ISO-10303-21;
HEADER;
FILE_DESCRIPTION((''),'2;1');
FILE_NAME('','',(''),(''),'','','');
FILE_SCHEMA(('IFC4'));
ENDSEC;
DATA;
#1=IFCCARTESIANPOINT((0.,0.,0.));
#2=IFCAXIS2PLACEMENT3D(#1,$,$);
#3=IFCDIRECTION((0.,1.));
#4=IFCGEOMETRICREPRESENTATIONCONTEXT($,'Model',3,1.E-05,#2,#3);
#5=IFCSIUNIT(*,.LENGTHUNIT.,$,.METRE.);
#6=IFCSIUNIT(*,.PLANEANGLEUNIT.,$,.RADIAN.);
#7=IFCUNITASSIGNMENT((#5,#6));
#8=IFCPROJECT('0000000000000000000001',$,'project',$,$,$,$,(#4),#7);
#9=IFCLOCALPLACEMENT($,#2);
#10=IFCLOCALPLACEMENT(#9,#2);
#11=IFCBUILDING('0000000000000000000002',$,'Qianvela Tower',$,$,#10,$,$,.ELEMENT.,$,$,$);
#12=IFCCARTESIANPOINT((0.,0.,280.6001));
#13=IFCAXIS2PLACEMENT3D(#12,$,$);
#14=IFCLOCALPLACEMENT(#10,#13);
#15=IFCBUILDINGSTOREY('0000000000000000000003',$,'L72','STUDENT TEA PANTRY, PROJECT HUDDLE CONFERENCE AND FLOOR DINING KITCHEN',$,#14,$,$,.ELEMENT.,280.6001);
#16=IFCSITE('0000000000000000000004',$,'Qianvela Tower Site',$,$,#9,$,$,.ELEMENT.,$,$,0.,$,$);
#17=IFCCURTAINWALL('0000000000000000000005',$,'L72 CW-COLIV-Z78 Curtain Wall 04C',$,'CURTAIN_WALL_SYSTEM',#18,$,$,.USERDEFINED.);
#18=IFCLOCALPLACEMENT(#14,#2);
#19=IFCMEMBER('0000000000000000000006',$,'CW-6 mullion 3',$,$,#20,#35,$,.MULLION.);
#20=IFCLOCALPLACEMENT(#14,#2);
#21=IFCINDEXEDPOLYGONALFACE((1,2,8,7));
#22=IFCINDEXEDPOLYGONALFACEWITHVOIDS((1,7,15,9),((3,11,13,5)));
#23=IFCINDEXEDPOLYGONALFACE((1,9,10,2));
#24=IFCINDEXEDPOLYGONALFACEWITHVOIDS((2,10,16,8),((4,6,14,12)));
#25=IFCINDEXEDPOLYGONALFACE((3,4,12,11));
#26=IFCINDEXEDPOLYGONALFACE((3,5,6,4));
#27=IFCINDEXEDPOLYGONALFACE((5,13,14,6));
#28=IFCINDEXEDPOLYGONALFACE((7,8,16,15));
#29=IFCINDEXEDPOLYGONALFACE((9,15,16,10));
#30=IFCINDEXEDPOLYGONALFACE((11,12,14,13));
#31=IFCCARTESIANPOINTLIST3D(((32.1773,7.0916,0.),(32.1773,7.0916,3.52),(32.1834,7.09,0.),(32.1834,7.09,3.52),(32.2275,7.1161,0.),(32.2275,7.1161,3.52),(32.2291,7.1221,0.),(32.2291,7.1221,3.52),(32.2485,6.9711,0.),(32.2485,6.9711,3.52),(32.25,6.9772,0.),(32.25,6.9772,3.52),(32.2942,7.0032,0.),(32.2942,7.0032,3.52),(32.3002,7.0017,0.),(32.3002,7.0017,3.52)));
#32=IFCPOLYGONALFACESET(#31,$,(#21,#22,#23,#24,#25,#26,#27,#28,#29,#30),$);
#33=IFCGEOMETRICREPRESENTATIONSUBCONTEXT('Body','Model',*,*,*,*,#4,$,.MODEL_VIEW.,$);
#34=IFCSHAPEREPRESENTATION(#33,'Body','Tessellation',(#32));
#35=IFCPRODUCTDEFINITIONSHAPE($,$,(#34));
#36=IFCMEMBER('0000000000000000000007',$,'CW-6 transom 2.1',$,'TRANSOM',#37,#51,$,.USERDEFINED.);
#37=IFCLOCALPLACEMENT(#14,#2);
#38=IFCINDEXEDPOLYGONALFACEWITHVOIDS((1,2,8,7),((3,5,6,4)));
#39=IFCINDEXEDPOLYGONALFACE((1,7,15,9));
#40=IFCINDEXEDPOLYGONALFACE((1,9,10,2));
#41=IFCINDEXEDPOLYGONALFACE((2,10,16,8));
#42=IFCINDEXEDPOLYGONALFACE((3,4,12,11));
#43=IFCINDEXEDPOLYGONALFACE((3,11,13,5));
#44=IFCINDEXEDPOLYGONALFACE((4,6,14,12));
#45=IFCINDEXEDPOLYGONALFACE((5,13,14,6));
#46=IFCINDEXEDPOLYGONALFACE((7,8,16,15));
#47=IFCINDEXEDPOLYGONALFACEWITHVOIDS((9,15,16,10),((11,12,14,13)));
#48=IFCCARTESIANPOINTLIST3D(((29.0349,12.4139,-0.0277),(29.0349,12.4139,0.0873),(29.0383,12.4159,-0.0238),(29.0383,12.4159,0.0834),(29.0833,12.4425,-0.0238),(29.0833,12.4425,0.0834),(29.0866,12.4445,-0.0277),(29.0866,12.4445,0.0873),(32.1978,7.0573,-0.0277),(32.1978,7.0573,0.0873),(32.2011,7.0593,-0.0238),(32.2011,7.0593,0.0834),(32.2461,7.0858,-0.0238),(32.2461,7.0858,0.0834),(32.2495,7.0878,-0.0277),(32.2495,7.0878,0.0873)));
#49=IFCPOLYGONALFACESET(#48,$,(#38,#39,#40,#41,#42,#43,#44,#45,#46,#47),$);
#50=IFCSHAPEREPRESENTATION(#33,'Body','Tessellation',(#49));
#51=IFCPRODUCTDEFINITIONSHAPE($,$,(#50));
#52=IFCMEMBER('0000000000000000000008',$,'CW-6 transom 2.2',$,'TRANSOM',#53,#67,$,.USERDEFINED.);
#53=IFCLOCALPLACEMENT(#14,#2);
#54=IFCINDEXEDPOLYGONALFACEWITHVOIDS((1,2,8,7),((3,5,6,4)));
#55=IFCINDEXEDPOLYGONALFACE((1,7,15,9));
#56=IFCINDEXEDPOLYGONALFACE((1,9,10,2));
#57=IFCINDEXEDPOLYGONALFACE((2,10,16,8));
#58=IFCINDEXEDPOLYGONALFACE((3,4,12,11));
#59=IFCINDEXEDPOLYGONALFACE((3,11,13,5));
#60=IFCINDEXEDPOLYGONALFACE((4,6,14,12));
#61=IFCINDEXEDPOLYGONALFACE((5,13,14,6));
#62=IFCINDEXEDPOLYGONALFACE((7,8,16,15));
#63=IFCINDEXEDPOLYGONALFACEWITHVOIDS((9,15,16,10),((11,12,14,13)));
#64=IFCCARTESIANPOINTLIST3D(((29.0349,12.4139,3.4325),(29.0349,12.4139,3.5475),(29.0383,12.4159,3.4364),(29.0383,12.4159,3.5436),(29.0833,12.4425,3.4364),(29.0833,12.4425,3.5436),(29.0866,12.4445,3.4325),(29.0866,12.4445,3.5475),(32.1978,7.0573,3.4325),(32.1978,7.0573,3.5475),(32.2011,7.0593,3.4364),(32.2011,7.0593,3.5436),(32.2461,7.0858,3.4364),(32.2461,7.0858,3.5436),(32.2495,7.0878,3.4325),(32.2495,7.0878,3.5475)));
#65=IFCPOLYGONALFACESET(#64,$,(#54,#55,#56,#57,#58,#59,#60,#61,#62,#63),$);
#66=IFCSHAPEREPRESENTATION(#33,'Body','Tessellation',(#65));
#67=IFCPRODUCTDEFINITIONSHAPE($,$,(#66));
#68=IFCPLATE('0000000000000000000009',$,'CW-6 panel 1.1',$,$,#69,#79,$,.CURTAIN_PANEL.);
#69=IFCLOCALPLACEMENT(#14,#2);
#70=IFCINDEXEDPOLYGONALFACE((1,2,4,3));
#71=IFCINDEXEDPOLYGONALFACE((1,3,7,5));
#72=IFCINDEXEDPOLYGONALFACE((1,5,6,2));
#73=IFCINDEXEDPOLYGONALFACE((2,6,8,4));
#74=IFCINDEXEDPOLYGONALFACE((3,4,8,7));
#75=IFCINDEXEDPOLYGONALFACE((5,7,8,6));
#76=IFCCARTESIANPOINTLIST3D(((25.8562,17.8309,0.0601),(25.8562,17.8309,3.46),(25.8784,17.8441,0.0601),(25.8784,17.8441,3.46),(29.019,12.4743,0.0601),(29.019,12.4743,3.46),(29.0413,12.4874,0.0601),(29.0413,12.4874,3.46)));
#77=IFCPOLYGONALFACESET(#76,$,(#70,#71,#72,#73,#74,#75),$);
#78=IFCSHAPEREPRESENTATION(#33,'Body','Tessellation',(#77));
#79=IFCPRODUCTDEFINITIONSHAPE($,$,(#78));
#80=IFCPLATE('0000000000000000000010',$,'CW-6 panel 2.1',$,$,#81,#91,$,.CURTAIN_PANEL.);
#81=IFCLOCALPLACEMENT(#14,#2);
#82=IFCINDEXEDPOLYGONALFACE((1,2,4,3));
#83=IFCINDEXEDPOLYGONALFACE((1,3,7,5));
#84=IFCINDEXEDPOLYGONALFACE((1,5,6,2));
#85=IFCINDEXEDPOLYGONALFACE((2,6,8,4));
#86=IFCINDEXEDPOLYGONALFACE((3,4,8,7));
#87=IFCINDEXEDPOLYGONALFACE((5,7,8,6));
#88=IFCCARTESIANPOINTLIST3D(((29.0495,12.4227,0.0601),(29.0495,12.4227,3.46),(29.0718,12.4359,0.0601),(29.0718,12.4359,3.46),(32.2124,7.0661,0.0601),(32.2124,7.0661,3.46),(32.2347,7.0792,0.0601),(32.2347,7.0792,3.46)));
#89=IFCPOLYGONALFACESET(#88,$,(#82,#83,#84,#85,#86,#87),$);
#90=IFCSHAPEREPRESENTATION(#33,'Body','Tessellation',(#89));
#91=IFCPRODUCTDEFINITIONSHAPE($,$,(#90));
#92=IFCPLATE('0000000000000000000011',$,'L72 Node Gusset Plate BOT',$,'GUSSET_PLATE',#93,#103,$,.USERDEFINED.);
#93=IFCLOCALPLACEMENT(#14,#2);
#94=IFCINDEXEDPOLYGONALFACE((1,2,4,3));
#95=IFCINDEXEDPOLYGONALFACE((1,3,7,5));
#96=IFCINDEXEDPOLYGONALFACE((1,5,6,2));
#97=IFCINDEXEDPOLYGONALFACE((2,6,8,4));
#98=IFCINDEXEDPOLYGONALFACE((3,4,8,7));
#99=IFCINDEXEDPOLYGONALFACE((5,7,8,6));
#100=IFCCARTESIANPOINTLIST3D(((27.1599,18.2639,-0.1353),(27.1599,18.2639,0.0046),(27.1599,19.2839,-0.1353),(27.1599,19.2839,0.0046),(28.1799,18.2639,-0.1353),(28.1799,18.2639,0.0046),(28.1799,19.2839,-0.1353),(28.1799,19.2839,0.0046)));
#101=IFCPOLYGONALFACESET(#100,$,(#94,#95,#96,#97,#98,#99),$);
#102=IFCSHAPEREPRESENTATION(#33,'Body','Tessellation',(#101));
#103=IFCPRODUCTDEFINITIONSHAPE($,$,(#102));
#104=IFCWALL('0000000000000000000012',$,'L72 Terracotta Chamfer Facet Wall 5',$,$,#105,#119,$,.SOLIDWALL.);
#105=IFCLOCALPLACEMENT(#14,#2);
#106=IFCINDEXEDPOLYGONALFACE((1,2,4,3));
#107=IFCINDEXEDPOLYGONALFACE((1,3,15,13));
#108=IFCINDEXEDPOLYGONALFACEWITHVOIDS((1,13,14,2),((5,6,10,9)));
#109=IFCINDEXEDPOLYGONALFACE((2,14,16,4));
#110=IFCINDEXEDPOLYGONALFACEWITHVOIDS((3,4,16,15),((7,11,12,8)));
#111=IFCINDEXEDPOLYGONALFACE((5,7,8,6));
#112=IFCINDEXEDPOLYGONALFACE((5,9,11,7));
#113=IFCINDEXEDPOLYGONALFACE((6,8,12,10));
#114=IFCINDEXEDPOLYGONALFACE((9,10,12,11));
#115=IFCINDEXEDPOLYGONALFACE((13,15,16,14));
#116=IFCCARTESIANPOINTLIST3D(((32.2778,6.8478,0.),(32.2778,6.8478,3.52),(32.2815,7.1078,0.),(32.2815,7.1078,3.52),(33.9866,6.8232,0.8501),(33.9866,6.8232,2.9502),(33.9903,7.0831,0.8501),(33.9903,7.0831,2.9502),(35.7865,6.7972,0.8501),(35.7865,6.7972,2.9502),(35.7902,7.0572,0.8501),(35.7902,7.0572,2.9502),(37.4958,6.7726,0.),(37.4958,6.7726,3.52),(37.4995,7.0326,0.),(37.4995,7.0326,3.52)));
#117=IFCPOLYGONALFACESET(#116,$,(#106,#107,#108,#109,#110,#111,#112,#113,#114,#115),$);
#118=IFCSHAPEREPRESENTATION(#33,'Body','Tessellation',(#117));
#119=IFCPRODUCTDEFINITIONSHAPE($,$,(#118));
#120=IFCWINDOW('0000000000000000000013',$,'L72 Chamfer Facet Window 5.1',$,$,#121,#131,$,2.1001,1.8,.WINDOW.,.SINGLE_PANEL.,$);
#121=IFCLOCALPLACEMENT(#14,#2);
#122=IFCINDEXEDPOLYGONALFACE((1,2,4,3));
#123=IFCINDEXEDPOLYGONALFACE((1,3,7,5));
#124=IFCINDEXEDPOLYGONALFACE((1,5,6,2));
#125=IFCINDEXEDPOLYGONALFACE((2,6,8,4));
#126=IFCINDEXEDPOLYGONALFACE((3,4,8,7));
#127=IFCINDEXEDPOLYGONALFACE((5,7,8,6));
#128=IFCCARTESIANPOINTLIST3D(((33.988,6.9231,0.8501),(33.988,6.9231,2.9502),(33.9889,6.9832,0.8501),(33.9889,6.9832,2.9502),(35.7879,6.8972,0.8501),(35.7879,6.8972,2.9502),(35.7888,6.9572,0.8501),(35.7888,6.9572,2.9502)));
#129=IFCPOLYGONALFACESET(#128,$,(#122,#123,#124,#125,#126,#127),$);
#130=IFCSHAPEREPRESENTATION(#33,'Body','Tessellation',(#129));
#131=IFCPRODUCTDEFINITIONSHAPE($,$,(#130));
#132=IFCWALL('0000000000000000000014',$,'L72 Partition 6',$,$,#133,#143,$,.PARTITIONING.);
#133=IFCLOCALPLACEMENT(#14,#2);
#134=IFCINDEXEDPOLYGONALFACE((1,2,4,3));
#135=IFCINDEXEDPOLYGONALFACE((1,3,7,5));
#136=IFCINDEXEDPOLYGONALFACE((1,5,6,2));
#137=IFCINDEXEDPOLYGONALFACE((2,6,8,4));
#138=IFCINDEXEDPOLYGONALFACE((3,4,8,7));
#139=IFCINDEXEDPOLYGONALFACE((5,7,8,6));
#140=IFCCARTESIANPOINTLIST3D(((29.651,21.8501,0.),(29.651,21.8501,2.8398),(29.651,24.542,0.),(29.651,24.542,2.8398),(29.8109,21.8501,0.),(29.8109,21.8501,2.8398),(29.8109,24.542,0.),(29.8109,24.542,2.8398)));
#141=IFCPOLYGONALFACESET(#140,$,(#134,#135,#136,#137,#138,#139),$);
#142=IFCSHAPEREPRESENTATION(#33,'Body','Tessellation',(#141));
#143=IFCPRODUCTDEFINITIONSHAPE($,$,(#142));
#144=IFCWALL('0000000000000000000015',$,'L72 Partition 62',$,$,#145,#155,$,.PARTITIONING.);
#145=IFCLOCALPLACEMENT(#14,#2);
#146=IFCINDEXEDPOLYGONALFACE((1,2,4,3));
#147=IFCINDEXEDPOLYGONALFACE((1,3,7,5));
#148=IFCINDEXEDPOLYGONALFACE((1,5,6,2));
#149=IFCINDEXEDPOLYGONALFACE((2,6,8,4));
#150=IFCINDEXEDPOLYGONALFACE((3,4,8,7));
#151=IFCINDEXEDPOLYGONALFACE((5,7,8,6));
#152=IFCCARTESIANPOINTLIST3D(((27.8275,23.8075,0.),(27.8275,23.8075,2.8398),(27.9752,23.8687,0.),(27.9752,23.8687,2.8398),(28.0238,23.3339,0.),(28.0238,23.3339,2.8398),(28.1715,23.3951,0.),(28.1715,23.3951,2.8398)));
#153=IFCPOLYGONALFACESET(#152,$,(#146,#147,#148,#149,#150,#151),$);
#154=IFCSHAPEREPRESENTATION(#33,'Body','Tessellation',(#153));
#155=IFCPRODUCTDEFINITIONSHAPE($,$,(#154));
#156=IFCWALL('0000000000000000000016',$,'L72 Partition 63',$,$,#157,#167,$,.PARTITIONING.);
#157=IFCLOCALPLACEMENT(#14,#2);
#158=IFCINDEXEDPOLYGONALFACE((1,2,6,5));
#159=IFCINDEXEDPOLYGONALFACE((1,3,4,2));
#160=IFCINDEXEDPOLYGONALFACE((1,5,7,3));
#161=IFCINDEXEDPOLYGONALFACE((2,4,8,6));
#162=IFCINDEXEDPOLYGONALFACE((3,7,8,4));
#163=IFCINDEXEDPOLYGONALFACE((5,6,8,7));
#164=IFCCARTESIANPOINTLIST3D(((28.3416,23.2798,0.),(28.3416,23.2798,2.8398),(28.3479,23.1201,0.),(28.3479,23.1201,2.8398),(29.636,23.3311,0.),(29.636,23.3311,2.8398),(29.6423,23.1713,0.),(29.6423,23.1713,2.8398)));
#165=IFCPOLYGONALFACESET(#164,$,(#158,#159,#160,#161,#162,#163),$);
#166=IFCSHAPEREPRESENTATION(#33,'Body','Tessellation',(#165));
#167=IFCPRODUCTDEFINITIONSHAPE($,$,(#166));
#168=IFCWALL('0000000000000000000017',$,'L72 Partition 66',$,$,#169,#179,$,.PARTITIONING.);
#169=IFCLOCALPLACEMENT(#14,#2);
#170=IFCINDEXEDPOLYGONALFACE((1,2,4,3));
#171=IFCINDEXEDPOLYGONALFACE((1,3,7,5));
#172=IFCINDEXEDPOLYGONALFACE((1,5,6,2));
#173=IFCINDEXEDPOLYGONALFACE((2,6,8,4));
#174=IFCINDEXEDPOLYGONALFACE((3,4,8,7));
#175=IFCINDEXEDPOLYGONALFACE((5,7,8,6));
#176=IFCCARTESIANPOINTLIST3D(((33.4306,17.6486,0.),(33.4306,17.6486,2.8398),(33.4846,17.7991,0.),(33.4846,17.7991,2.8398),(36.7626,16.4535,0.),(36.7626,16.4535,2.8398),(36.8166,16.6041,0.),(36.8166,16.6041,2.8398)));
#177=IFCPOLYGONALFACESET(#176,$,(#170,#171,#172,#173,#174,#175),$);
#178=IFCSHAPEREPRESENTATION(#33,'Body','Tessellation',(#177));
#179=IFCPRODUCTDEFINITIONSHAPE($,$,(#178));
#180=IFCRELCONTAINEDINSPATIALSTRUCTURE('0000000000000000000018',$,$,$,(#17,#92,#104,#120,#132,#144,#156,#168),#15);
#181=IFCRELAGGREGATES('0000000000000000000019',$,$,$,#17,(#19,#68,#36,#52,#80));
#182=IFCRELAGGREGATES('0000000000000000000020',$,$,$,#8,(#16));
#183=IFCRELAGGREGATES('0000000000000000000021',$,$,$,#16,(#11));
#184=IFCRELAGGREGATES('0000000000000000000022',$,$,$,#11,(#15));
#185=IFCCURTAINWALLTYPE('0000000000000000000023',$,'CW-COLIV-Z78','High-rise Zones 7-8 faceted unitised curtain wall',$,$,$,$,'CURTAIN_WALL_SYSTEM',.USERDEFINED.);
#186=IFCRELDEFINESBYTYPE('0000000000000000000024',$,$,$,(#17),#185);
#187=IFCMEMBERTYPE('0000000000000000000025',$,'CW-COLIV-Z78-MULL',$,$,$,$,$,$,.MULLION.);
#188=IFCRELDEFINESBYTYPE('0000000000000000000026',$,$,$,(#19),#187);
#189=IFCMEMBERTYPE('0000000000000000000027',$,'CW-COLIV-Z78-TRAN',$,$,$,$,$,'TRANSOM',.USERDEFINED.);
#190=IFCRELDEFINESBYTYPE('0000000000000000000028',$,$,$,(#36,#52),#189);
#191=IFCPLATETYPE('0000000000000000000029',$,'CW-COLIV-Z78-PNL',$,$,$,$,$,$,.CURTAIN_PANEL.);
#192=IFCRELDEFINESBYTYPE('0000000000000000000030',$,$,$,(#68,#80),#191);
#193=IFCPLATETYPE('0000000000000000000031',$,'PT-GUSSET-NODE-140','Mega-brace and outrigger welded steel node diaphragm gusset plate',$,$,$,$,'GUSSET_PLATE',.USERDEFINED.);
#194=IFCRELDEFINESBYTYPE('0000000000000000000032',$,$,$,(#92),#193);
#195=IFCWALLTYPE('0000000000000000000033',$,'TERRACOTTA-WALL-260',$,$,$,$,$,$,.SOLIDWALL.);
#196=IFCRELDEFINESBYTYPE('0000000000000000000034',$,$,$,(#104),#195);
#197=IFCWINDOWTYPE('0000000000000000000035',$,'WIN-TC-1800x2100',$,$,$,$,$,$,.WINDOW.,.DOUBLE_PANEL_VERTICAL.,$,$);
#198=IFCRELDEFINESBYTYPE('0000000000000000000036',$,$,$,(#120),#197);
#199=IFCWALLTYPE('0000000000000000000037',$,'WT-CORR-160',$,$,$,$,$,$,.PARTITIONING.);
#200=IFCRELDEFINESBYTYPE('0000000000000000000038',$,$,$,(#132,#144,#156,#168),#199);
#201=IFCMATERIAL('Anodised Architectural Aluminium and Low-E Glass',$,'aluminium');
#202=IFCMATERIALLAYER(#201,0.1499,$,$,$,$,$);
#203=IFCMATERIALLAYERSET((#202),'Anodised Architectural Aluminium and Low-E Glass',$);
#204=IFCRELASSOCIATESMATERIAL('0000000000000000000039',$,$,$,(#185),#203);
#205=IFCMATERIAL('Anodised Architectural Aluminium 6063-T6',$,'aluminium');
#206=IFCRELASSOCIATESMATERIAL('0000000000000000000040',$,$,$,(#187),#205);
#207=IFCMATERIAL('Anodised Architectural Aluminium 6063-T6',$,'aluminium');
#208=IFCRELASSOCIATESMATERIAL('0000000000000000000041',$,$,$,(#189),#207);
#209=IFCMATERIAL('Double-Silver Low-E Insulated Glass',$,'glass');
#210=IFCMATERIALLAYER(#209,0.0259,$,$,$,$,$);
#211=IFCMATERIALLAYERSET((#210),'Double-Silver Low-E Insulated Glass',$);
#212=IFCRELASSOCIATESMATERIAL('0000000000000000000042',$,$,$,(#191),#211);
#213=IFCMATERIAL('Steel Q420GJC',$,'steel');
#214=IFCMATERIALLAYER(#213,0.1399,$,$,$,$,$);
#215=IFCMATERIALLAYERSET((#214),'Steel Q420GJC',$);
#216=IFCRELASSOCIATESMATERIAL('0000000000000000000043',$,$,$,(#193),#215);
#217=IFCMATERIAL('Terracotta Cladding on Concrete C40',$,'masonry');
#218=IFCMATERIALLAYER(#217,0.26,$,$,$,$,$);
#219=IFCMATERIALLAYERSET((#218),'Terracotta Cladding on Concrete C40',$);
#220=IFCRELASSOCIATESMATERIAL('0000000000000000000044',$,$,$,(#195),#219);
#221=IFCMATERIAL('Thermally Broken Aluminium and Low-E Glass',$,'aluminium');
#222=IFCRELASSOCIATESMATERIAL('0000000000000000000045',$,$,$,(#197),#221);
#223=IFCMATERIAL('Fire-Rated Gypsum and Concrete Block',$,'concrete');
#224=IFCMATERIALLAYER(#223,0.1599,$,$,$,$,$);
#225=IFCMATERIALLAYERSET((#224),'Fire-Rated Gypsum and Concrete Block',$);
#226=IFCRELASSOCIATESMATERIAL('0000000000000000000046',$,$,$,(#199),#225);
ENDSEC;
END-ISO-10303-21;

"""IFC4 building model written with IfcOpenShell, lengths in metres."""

from ifc_helpers import new_model, si_unit, direction, frame, frame_2d, origin, origin_2d, place, context, subcontext, project, spatial, rectangle, hollow_rectangle, extrude, material, layer, layer_set, material_profile, profile_set, type_object, element, fill, aggregate, save


model = new_model("IFC4")

# Units and contexts
model_context = context("Model", 3, precision=1e-05, world=origin(), true_north=direction((0.0, 1.0)))
body_context = subcontext(model_context, "Body", "Model", "MODEL_VIEW")
ifc_project = project(units=[si_unit("LENGTHUNIT", "METRE"), si_unit("PLANEANGLEUNIT", "RADIAN")], contexts=[model_context])

# Site, building, storey
site_placement = place(None, origin())
site = spatial("IfcSite", under=ifc_project, at=site_placement, Name="Qianvela Tower Site", CompositionType="ELEMENT", RefElevation=0.0)
building_placement = place(site_placement, origin())
building = spatial("IfcBuilding", under=site, at=building_placement, Name="Qianvela Tower", CompositionType="ELEMENT")
storey_placement = place(building_placement, frame((0.0, 0.0, 280.6001)))
storey = spatial("IfcBuildingStorey", under=building, at=storey_placement, Name="L72", Description="STUDENT TEA PANTRY, PROJECT HUDDLE CONFERENCE AND FLOOR DINING KITCHEN", CompositionType="ELEMENT", Elevation=280.6001)

# Curtain wall, members, plates
ifc_material_1 = material(Name="Anodised Architectural Aluminium and Low-E Glass", Category="aluminium")
ifc_layer_1 = layer(ifc_material_1, 0.1499)
ifc_layer_set_1 = layer_set([ifc_layer_1], Name="Anodised Architectural Aluminium and Low-E Glass")
curtain_wall_type = type_object("IfcCurtainWallType", Name="CW-COLIV-Z78", Description="High-rise Zones 7-8 faceted unitised curtain wall", ElementType="CURTAIN_WALL_SYSTEM", PredefinedType="USERDEFINED", material=ifc_layer_set_1)
curtain_wall_placement = place(storey_placement, origin())
curtain_wall = element("IfcCurtainWall", 1, at=curtain_wall_placement, inside=storey, type_object=curtain_wall_type, Name="L72 CW-COLIV-Z78 Curtain Wall 04C", ObjectType="CURTAIN_WALL_SYSTEM", PredefinedType="USERDEFINED")
ifc_material_2 = material(Name="Anodised Architectural Aluminium 6063-T6", Category="aluminium")
ifc_material_profile_1 = material_profile(ifc_material_2, hollow_rectangle(XDim=0.0601, YDim=0.1399, WallThickness=0.0044, at=origin_2d()), Name="ALU-MULL-60x140")
ifc_profile_set_1 = profile_set([ifc_material_profile_1], Name="Anodised Architectural Aluminium 6063-T6")
member_type_1 = type_object("IfcMemberType", Name="CW-COLIV-Z78-MULL", PredefinedType="MULLION", material=ifc_profile_set_1)
member_1_placement = place(storey_placement, frame((32.2388, 7.0466, 0.0), z_axis=(0.0, 0.0, 1.0), x_axis=(0.861097, 0.50844, 0.0)))
member_1 = element("IfcMember", 2, at=member_1_placement, type_object=member_type_1, Name="CW-6 mullion 3", PredefinedType="MULLION", context=body_context, shape_type="SweptSolid", body=[
    extrude(hollow_rectangle(XDim=0.0601, YDim=0.1399, WallThickness=0.0044, at=origin_2d()), origin(), (0.0, 0.0, 1.0), 3.52),
])
ifc_material_3 = material(Name="Anodised Architectural Aluminium 6063-T6", Category="aluminium")
ifc_material_profile_2 = material_profile(ifc_material_3, hollow_rectangle(XDim=0.0601, YDim=0.115, WallThickness=0.0039, at=origin_2d()), Name="ALU-TRAN-60x115")
ifc_profile_set_2 = profile_set([ifc_material_profile_2], Name="Anodised Architectural Aluminium 6063-T6")
member_type_2 = type_object("IfcMemberType", Name="CW-COLIV-Z78-TRAN", ElementType="TRANSOM", PredefinedType="USERDEFINED", material=ifc_profile_set_2)
member_2_placement = place(storey_placement, frame((29.0608, 12.4292, 0.0298), z_axis=(0.508434, -0.861101, 0.0), x_axis=(0.861101, 0.508434, 0.0)))
member_2 = element("IfcMember", 3, at=member_2_placement, type_object=member_type_2, Name="CW-6 transom 2.1", ObjectType="TRANSOM", PredefinedType="USERDEFINED", context=body_context, shape_type="SweptSolid", body=[
    extrude(hollow_rectangle(XDim=0.0601, YDim=0.115, WallThickness=0.0039, at=origin_2d()), origin(), (0.0, 0.0, 1.0), 6.2207),
])
member_3_placement = place(storey_placement, frame((29.0608, 12.4292, 3.49), z_axis=(0.508434, -0.861101, 0.0), x_axis=(0.861101, 0.508434, 0.0)))
member_3 = element("IfcMember", 4, at=member_3_placement, type_object=member_type_2, Name="CW-6 transom 2.2", ObjectType="TRANSOM", PredefinedType="USERDEFINED", context=body_context, shape_type="SweptSolid", body=[
    extrude(hollow_rectangle(XDim=0.0601, YDim=0.115, WallThickness=0.0039, at=origin_2d()), origin(), (0.0, 0.0, 1.0), 6.2207),
])
ifc_material_4 = material(Name="Double-Silver Low-E Insulated Glass", Category="glass")
ifc_layer_2 = layer(ifc_material_4, 0.0259)
ifc_layer_set_2 = layer_set([ifc_layer_2], Name="Double-Silver Low-E Insulated Glass")
plate_type_1 = type_object("IfcPlateType", Name="CW-COLIV-Z78-PNL", PredefinedType="CURTAIN_PANEL", material=ifc_layer_set_2)
plate_1_placement = place(storey_placement, frame((27.4487, 15.1592, 0.0601), z_axis=(0.0, 0.0, 1.0), x_axis=(0.50844, -0.861097, 0.0)))
plate_1 = element("IfcPlate", 5, at=plate_1_placement, type_object=plate_type_1, Name="CW-6 panel 1.1", PredefinedType="CURTAIN_PANEL", context=body_context, shape_type="SweptSolid", body=[
    extrude(rectangle(XDim=6.2207, YDim=0.0259, at=origin_2d()), origin(), (0.0, 0.0, 1.0), 3.3999),
])
plate_2_placement = place(storey_placement, frame((30.6421, 9.751, 0.0601), z_axis=(0.0, 0.0, 1.0), x_axis=(0.50844, -0.861097, 0.0)))
plate_2 = element("IfcPlate", 6, at=plate_2_placement, type_object=plate_type_1, Name="CW-6 panel 2.1", PredefinedType="CURTAIN_PANEL", context=body_context, shape_type="SweptSolid", body=[
    extrude(rectangle(XDim=6.2207, YDim=0.0259, at=origin_2d()), origin(), (0.0, 0.0, 1.0), 3.3999),
])
aggregate(curtain_wall, [member_1, plate_1, member_2, member_3, plate_2])

# Plate
ifc_material_5 = material(Name="Steel Q420GJC", Category="steel")
ifc_layer_3 = layer(ifc_material_5, 0.1399)
ifc_layer_set_3 = layer_set([ifc_layer_3], Name="Steel Q420GJC")
plate_type_2 = type_object("IfcPlateType", Name="PT-GUSSET-NODE-140", Description="Mega-brace and outrigger welded steel node diaphragm gusset plate", ElementType="GUSSET_PLATE", PredefinedType="USERDEFINED", material=ifc_layer_set_3)
plate_3_placement = place(storey_placement, frame((27.6699, 18.7739, -0.1353), z_axis=(0.0, 0.0, 1.0), x_axis=(1.0, 0.0, 0.0)))
element("IfcPlate", 7, at=plate_3_placement, inside=storey, type_object=plate_type_2, Name="L72 Node Gusset Plate BOT", ObjectType="GUSSET_PLATE", PredefinedType="USERDEFINED", context=body_context, shape_type="SweptSolid", body=[
    extrude(rectangle(XDim=1.02, YDim=1.02, at=origin_2d()), origin(), (0.0, 0.0, 1.0), 0.1399),
])

# Wall, opening, window
ifc_material_6 = material(Name="Terracotta Cladding on Concrete C40", Category="masonry")
ifc_layer_4 = layer(ifc_material_6, 0.26)
ifc_layer_set_4 = layer_set([ifc_layer_4], Name="Terracotta Cladding on Concrete C40")
wall_type_1 = type_object("IfcWallType", Name="TERRACOTTA-WALL-260", PredefinedType="SOLIDWALL", material=ifc_layer_set_4)
wall_1_placement = place(storey_placement, frame((32.2795, 6.9778, 0.0), z_axis=(0.0, 0.0, 1.0), x_axis=(0.999896, -0.014409, 0.0)))
wall_1 = element("IfcWall", 8, at=wall_1_placement, inside=storey, type_object=wall_type_1, Name="L72 Terracotta Chamfer Facet Wall 5", PredefinedType="SOLIDWALL", context=body_context, shape_type="SweptSolid", body=[
    extrude(rectangle(XDim=5.2185, YDim=0.26, at=frame_2d((2.6094, 0.0))), origin(), (0.0, 0.0, 1.0), 3.52),
])
opening_1_placement = place(wall_1_placement, frame((1.7092, 0.0, 0.8501)))
opening_1 = element("IfcOpeningElement", 9, at=opening_1_placement, cuts=wall_1, PredefinedType="OPENING", context=body_context, shape_type="SweptSolid", body=[
    extrude(rectangle(XDim=1.8, YDim=2.1001, at=frame_2d((0.8999, 1.05))), frame((0.0, 0.1399, 0.0), z_axis=(0.0, -1.0, 0.0), x_axis=(1.0, 0.0, 0.0)), (0.0, 0.0, 1.0), 0.28),
])
ifc_material_7 = material(Name="Thermally Broken Aluminium and Low-E Glass", Category="aluminium")
window_type = type_object("IfcWindowType", Name="WIN-TC-1800x2100", PartitioningType="DOUBLE_PANEL_VERTICAL", PredefinedType="WINDOW", material=ifc_material_7)
window_placement = place(opening_1_placement, origin())
window = element("IfcWindow", 10, at=window_placement, inside=storey, type_object=window_type, Name="L72 Chamfer Facet Window 5.1", OverallHeight=2.1001, OverallWidth=1.8, PartitioningType="SINGLE_PANEL", PredefinedType="WINDOW", context=body_context, shape_type="SweptSolid", body=[
    extrude(rectangle(XDim=1.8, YDim=2.1001, at=frame_2d((0.8999, 1.05))), frame((0.0, 0.03, 0.0), z_axis=(0.0, -1.0, 0.0), x_axis=(1.0, 0.0, 0.0)), (0.0, 0.0, 1.0), 0.0601),
])
fill(opening_1, window)

# Shared definitions
ifc_material_8 = material(Name="Fire-Rated Gypsum and Concrete Block", Category="concrete")
ifc_layer_5 = layer(ifc_material_8, 0.1599)
ifc_layer_set_5 = layer_set([ifc_layer_5], Name="Fire-Rated Gypsum and Concrete Block")
wall_type_2 = type_object("IfcWallType", Name="WT-CORR-160", PredefinedType="PARTITIONING", material=ifc_layer_set_5)

# Walls
wall_2_placement = place(storey_placement, frame((29.731, 21.8501, 0.0), z_axis=(0.0, 0.0, 1.0), x_axis=(0.0, 1.0, 0.0)))
element("IfcWall", 11, at=wall_2_placement, inside=storey, type_object=wall_type_2, Name="L72 Partition 6", PredefinedType="PARTITIONING", context=body_context, shape_type="SweptSolid", body=[
    extrude(rectangle(XDim=2.6919, YDim=0.1599, at=frame_2d((1.3459, 0.0))), origin(), (0.0, 0.0, 1.0), 2.8398),
])
wall_3_placement = place(storey_placement, frame((27.9014, 23.8381, 0.0), z_axis=(0.0, 0.0, 1.0), x_axis=(0.382856, -0.923808, 0.0)))
element("IfcWall", 12, at=wall_3_placement, inside=storey, type_object=wall_type_2, Name="L72 Partition 62", PredefinedType="PARTITIONING", context=body_context, shape_type="SweptSolid", body=[
    extrude(rectangle(XDim=0.5127, YDim=0.1599, at=frame_2d((0.2563, 0.0))), origin(), (0.0, 0.0, 1.0), 2.8398),
])
wall_4_placement = place(storey_placement, frame((28.3447, 23.2, 0.0), z_axis=(0.0, 0.0, 1.0), x_axis=(0.999217, 0.039577, 0.0)))
element("IfcWall", 13, at=wall_4_placement, inside=storey, type_object=wall_type_2, Name="L72 Partition 63", PredefinedType="PARTITIONING", context=body_context, shape_type="SweptSolid", body=[
    extrude(rectangle(XDim=1.2954, YDim=0.1599, at=frame_2d((0.6477, 0.0))), origin(), (0.0, 0.0, 1.0), 2.8398),
])
wall_5_placement = place(storey_placement, frame((33.4575, 17.7239, 0.0), z_axis=(0.0, 0.0, 1.0), x_axis=(0.941289, -0.337603, 0.0)))
element("IfcWall", 14, at=wall_5_placement, inside=storey, type_object=wall_type_2, Name="L72 Partition 66", PredefinedType="PARTITIONING", context=body_context, shape_type="SweptSolid", body=[
    extrude(rectangle(XDim=3.5398, YDim=0.1599, at=frame_2d((1.77, 0.0))), origin(), (0.0, 0.0, 1.0), 2.8398),
])

save(model, "model.ifc")
